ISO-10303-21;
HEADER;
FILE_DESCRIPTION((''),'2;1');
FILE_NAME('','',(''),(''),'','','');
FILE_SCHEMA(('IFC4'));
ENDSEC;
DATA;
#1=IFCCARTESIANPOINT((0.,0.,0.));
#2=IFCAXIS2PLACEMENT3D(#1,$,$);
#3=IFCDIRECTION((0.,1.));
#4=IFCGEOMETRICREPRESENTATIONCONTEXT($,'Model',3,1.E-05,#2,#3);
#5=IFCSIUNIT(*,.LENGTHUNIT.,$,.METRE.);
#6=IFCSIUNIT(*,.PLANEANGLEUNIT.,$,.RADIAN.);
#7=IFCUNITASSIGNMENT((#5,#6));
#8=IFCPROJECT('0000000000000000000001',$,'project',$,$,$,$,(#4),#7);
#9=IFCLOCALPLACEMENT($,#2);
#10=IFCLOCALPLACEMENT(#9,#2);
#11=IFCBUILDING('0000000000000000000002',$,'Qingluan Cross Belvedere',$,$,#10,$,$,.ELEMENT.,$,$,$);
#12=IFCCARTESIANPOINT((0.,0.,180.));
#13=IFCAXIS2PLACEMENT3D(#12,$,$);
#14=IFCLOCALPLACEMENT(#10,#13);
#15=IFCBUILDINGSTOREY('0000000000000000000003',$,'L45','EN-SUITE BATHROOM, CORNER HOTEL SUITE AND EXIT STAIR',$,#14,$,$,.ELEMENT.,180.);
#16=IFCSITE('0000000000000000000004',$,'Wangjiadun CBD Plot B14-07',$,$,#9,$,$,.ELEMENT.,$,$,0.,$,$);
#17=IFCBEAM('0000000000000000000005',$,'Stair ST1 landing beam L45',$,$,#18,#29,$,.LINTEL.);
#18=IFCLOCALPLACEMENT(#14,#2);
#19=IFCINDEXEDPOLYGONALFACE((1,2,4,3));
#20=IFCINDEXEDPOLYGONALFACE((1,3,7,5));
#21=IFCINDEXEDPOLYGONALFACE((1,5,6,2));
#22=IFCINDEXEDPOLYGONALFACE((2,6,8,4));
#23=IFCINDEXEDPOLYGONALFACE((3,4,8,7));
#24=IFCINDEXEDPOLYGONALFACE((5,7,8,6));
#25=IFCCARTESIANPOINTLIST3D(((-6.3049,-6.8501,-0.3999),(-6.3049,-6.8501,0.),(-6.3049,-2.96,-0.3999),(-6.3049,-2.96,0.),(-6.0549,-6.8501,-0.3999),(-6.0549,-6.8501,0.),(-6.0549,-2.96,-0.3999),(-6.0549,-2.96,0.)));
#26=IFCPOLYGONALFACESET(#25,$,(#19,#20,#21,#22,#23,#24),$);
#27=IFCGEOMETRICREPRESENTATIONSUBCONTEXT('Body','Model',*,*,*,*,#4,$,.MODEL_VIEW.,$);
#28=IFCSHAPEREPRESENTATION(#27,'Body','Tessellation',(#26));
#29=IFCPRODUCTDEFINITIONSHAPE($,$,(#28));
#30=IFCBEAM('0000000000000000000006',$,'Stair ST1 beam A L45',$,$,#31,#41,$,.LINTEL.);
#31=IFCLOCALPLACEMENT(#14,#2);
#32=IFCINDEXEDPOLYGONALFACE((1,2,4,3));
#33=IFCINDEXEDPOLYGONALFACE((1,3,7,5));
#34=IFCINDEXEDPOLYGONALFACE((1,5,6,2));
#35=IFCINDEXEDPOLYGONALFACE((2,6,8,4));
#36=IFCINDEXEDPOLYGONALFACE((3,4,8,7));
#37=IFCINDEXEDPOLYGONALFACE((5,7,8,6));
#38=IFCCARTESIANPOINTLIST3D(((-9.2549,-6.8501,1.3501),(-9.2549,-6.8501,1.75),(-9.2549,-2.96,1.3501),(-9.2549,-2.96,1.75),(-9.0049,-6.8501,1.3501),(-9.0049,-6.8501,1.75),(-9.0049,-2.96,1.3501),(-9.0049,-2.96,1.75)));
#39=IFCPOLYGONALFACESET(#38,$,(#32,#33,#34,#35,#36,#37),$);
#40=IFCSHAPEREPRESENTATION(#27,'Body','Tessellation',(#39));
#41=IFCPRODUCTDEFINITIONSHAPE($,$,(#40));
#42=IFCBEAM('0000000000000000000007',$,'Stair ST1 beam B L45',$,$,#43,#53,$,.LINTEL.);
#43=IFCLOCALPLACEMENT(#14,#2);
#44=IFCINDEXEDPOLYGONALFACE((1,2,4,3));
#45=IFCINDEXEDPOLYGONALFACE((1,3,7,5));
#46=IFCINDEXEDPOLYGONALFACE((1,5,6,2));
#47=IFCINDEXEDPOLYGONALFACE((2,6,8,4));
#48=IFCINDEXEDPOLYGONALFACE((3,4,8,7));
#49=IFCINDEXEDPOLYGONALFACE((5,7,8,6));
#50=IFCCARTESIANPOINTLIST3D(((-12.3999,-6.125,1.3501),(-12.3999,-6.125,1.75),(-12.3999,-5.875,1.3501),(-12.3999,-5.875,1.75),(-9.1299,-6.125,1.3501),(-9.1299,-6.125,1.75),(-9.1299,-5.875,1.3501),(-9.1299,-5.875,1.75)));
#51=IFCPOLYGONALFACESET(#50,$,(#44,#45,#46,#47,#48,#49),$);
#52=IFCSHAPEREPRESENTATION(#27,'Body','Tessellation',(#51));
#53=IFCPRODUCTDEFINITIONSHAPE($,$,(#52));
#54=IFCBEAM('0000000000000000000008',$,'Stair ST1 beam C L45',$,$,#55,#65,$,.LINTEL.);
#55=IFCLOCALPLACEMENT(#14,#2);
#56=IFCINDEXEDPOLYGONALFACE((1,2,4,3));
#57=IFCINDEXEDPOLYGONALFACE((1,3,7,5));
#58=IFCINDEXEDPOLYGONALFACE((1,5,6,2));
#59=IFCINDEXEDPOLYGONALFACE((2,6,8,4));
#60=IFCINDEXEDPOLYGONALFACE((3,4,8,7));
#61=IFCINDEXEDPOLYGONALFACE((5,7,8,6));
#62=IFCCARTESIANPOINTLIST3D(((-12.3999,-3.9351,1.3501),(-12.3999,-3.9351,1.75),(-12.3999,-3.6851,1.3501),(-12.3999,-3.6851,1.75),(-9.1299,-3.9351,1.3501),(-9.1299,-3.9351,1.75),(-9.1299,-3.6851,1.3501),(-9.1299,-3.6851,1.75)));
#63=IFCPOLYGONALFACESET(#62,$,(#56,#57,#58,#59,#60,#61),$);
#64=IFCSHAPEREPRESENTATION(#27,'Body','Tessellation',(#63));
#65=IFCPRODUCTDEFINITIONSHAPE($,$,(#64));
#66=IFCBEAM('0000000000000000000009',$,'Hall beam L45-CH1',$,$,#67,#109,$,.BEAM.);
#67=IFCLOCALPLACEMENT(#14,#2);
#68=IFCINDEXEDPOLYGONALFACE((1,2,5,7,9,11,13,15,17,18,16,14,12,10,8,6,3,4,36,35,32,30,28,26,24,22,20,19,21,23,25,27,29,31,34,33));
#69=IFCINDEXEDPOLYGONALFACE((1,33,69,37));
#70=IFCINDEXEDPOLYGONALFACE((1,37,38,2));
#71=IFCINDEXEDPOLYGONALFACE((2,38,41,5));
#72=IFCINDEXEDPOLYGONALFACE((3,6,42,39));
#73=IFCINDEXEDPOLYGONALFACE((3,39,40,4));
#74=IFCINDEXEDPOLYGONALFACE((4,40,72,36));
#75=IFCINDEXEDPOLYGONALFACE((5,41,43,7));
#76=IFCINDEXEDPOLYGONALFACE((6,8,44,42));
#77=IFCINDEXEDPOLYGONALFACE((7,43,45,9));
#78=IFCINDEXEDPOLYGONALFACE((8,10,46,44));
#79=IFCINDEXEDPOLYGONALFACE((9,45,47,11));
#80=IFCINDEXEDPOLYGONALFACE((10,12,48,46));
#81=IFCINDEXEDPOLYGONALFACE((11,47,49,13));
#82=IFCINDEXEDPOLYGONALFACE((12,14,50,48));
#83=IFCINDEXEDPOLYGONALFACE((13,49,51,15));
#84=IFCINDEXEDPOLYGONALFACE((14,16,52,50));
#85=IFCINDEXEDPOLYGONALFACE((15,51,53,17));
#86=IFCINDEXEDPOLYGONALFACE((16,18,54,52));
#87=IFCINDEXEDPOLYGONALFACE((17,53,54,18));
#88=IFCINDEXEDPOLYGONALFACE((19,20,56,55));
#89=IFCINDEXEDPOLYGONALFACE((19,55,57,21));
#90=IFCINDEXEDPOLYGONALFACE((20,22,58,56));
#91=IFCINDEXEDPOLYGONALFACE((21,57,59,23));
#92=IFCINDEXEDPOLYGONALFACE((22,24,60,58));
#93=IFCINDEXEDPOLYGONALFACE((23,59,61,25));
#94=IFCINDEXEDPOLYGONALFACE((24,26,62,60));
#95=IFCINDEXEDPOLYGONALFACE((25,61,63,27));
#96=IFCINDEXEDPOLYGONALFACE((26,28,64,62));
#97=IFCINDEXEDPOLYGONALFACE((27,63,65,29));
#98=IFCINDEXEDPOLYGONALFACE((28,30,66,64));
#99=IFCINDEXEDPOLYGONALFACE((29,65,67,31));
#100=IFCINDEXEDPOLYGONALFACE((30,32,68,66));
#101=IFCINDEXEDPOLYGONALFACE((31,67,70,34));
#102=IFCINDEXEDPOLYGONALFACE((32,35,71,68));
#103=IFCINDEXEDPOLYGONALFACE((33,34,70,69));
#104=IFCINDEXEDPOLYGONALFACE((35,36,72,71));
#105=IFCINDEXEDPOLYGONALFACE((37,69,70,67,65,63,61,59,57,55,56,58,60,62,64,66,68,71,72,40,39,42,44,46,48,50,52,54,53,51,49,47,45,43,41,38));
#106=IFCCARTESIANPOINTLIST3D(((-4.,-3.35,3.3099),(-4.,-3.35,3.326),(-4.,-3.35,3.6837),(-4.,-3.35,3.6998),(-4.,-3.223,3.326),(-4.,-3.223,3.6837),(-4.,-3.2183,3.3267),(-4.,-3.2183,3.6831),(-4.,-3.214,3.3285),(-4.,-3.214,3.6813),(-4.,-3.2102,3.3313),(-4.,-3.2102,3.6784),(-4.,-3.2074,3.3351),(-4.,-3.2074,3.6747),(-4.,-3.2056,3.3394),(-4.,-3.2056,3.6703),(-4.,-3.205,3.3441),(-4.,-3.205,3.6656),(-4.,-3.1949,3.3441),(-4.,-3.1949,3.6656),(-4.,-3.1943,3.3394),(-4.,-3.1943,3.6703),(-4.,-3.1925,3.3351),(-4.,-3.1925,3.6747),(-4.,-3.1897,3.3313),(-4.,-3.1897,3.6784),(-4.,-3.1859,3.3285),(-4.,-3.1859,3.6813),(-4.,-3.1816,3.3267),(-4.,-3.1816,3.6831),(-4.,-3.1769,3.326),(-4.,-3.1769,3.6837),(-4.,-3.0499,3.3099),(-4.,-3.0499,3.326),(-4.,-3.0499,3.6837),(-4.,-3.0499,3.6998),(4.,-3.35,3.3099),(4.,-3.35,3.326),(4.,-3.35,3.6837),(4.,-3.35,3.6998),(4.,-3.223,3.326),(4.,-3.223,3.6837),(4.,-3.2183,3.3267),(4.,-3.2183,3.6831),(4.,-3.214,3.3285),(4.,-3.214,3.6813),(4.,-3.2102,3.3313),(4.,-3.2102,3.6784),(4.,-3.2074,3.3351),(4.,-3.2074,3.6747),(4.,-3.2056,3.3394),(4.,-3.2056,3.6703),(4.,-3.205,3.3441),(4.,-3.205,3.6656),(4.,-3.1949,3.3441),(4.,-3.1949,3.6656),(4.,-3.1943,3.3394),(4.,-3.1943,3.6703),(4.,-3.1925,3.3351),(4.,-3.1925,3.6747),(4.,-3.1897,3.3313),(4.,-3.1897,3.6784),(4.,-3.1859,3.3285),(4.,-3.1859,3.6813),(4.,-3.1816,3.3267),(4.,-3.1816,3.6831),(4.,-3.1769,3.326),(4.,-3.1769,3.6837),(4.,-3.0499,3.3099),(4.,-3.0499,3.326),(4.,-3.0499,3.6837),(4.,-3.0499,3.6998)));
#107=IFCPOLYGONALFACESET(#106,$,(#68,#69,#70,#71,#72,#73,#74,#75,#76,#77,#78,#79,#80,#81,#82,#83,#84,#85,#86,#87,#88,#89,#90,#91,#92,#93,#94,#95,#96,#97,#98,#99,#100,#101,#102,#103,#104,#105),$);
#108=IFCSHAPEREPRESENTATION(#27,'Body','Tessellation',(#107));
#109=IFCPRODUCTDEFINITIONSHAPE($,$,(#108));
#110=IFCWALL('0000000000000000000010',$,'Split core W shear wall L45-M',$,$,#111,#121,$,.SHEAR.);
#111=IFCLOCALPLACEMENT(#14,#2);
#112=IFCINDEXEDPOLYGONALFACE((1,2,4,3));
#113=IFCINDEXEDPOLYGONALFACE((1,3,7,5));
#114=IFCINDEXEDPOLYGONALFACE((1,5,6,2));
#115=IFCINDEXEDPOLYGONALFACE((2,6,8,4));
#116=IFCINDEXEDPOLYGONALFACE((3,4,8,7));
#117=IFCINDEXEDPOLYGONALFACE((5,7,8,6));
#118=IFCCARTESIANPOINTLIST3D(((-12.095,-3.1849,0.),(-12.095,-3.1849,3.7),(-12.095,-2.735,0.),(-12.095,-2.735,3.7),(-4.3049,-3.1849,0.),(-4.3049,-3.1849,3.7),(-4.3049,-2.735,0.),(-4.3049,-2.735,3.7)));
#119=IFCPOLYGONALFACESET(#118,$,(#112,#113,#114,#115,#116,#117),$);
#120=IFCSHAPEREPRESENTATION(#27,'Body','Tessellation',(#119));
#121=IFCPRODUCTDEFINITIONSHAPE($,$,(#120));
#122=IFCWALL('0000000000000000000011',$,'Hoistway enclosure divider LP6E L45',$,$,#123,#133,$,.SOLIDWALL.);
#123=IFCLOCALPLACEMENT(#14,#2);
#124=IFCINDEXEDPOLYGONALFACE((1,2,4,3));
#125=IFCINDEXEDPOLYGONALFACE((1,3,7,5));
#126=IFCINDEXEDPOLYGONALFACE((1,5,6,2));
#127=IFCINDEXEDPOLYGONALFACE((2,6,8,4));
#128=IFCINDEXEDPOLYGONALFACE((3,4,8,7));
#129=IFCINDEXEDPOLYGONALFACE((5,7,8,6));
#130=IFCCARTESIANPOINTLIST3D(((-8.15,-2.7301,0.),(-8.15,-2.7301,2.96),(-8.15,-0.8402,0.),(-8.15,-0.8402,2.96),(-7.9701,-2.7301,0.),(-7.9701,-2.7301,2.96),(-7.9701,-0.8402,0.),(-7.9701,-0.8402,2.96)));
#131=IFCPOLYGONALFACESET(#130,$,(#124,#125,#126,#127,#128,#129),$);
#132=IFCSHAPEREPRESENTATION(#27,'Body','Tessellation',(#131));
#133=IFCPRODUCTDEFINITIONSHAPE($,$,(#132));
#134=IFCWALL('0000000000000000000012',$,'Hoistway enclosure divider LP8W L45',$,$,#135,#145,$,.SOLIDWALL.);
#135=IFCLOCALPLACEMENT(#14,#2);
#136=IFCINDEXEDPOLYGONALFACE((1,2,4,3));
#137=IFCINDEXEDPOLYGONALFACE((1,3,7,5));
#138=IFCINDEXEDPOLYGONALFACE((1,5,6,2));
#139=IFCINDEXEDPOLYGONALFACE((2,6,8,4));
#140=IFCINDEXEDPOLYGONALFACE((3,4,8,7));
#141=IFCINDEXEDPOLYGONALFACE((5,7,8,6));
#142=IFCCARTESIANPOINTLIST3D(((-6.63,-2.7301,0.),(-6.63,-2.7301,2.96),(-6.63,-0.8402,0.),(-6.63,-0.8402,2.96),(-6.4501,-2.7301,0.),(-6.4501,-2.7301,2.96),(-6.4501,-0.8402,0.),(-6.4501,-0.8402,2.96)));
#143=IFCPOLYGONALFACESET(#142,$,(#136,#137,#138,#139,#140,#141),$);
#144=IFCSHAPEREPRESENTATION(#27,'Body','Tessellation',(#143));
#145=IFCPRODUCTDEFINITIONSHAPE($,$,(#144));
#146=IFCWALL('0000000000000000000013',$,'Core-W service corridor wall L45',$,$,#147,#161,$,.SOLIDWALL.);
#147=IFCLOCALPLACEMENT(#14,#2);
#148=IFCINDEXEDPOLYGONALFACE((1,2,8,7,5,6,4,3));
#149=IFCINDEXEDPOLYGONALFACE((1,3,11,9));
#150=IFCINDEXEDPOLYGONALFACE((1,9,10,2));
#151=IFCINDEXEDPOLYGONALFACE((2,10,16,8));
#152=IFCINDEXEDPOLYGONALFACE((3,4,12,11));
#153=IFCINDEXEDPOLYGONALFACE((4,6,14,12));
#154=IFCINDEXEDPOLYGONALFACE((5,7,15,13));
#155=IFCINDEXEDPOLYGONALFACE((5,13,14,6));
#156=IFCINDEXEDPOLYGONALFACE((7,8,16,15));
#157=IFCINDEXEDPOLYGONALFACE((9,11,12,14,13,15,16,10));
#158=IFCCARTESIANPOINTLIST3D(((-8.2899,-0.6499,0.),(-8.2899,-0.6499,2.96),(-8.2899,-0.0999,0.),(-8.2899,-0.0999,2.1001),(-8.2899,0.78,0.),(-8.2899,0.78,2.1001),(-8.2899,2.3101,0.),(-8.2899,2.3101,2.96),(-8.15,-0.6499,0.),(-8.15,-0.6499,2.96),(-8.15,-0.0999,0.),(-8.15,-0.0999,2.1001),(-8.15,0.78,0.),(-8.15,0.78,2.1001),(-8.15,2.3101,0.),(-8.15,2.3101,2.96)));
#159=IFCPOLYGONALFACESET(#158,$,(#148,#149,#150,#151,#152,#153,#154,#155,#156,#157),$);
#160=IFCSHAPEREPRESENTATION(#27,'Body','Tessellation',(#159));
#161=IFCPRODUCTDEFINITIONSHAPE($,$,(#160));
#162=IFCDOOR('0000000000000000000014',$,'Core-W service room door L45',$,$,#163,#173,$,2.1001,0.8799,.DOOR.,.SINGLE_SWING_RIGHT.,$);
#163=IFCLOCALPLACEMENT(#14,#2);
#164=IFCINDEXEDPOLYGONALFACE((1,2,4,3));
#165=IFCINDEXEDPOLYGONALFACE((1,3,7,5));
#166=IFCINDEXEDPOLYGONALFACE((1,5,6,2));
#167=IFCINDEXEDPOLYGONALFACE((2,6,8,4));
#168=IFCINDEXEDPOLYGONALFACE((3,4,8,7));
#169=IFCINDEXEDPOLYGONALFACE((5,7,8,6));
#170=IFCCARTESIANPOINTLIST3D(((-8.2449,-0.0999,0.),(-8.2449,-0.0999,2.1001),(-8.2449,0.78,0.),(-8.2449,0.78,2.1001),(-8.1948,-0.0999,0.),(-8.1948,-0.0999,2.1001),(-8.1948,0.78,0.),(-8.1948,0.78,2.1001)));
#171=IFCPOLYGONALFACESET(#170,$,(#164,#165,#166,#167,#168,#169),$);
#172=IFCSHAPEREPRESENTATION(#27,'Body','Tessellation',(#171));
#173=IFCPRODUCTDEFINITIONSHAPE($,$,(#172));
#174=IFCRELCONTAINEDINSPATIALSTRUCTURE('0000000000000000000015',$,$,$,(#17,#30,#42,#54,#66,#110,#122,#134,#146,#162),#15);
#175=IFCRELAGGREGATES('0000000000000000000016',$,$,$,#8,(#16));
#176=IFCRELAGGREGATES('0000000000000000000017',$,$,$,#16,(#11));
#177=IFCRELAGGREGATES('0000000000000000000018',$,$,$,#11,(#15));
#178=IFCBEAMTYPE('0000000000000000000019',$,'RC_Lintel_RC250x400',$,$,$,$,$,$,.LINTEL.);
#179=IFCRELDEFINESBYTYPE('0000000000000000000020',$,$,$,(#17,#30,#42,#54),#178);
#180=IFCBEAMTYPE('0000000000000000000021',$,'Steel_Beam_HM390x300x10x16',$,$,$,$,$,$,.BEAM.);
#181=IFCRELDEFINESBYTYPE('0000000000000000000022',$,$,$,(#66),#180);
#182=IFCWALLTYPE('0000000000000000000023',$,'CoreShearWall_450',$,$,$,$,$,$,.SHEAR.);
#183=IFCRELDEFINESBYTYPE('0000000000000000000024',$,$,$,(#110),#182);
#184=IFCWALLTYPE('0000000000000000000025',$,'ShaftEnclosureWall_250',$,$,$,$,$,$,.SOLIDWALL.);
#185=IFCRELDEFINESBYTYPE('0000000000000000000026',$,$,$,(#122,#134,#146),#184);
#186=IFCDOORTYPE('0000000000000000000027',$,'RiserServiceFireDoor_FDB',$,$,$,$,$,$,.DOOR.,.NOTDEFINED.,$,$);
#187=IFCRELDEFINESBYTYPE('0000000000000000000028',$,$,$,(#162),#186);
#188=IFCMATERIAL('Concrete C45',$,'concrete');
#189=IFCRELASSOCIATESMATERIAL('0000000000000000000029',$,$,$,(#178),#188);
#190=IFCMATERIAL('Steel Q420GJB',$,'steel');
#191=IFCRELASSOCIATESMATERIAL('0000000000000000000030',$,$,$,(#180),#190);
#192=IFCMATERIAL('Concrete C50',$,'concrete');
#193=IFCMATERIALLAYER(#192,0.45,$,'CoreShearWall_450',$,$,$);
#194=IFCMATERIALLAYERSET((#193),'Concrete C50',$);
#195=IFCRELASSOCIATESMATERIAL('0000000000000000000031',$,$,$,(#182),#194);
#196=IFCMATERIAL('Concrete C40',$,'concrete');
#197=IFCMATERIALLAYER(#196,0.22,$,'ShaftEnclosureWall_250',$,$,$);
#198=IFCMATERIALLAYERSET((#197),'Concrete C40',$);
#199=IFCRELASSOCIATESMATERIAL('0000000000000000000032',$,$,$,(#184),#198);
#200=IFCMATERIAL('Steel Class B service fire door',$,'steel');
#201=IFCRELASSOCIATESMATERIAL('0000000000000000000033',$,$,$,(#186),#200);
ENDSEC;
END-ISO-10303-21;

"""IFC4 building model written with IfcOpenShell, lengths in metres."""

from ifc_helpers import new_model, si_unit, direction, frame, frame_2d, origin, origin_2d, place, context, subcontext, project, spatial, rectangle, i_section, extrude, material, layer, layer_set, material_profile, profile_set, type_object, element, fill, save


model = new_model("IFC4")

# Units and contexts
model_context = context("Model", 3, precision=1e-05, world=origin(), true_north=direction((0.0, 1.0)))
body_context = subcontext(model_context, "Body", "Model", "MODEL_VIEW")
ifc_project = project(units=[si_unit("LENGTHUNIT", "METRE"), si_unit("PLANEANGLEUNIT", "RADIAN")], contexts=[model_context])

# Site, building, storey
site_placement = place(None, origin())
site = spatial("IfcSite", under=ifc_project, at=site_placement, Name="Wangjiadun CBD Plot B14-07", CompositionType="ELEMENT", RefElevation=0.0)
building_placement = place(site_placement, origin())
building = spatial("IfcBuilding", under=site, at=building_placement, Name="Qingluan Cross Belvedere", CompositionType="ELEMENT")
storey_placement = place(building_placement, frame((0.0, 0.0, 180.0)))
storey = spatial("IfcBuildingStorey", under=building, at=storey_placement, Name="L45", Description="EN-SUITE BATHROOM, CORNER HOTEL SUITE AND EXIT STAIR", CompositionType="ELEMENT", Elevation=180.0)

# Beams
ifc_material_1 = material(Name="Concrete C45", Category="concrete")
ifc_material_profile_1 = material_profile(ifc_material_1, rectangle(XDim=0.25, YDim=0.3999, at=origin_2d()), Name="RC250x400")
ifc_profile_set_1 = profile_set([ifc_material_profile_1], Name="Concrete C45")
beam_type_1 = type_object("IfcBeamType", Name="RC_Lintel_RC250x400", PredefinedType="LINTEL", material=ifc_profile_set_1)
for number, where, z_axis, x_axis, name in (
    (1, (-6.1799, -6.8501, -0.2), (0.0, 1.0, 0.0), (-1.0, 0.0, 0.0), "Stair ST1 landing beam L45"),
    (2, (-9.1299, -6.8501, 1.55), (0.0, 1.0, 0.0), (-1.0, 0.0, 0.0), "Stair ST1 beam A L45"),
):
    element("IfcBeam", number, at=place(storey_placement, frame(where, z_axis=z_axis, x_axis=x_axis)), inside=storey, type_object=beam_type_1, Name=name, PredefinedType="LINTEL", context=body_context, shape_type="SweptSolid", body=[
        extrude(rectangle(XDim=0.25, YDim=0.3999, at=origin_2d()), origin(), (0.0, 0.0, 1.0), 3.8901),
    ])
for number, where, z_axis, x_axis, name in (
    (3, (-12.3999, -6.0, 1.55), (1.0, 0.0, 0.0), (0.0, 1.0, 0.0), "Stair ST1 beam B L45"),
    (4, (-12.3999, -3.8101, 1.55), (1.0, 0.0, 0.0), (0.0, 1.0, 0.0), "Stair ST1 beam C L45"),
):
    element("IfcBeam", number, at=place(storey_placement, frame(where, z_axis=z_axis, x_axis=x_axis)), inside=storey, type_object=beam_type_1, Name=name, PredefinedType="LINTEL", context=body_context, shape_type="SweptSolid", body=[
        extrude(rectangle(XDim=0.25, YDim=0.3999, at=origin_2d()), origin(), (0.0, 0.0, 1.0), 3.27),
    ])
ifc_material_2 = material(Name="Steel Q420GJB", Category="steel")
ifc_material_profile_2 = material_profile(ifc_material_2, i_section(OverallWidth=0.3, OverallDepth=0.3899, WebThickness=0.01, FlangeThickness=0.0161, FilletRadius=0.0181, at=origin_2d()), Name="HM390x300x10x16")
ifc_profile_set_2 = profile_set([ifc_material_profile_2], Name="Steel Q420GJB")
beam_type_2 = type_object("IfcBeamType", Name="Steel_Beam_HM390x300x10x16", PredefinedType="BEAM", material=ifc_profile_set_2)
beam_placement = place(storey_placement, frame((-4.0, -3.2, 3.5049), z_axis=(1.0, 0.0, 0.0), x_axis=(0.0, 1.0, 0.0)))
element("IfcBeam", 5, at=beam_placement, inside=storey, type_object=beam_type_2, Name="Hall beam L45-CH1", PredefinedType="BEAM", context=body_context, shape_type="SweptSolid", body=[
    extrude(i_section(OverallWidth=0.3, OverallDepth=0.3899, WebThickness=0.01, FlangeThickness=0.0161, FilletRadius=0.0181, at=origin_2d()), origin(), (0.0, 0.0, 1.0), 8.0),
])

# Wall
ifc_material_3 = material(Name="Concrete C50", Category="concrete")
ifc_layer_1 = layer(ifc_material_3, 0.45, Name="CoreShearWall_450")
ifc_layer_set_1 = layer_set([ifc_layer_1], Name="Concrete C50")
wall_type_1 = type_object("IfcWallType", Name="CoreShearWall_450", PredefinedType="SHEAR", material=ifc_layer_set_1)
wall_1_placement = place(storey_placement, frame((-12.095, -2.96, 0.0), z_axis=(0.0, 0.0, 1.0), x_axis=(1.0, 0.0, 0.0)))
element("IfcWall", 6, at=wall_1_placement, inside=storey, type_object=wall_type_1, Name="Split core W shear wall L45-M", PredefinedType="SHEAR", context=body_context, shape_type="SweptSolid", body=[
    extrude(rectangle(XDim=7.79, YDim=0.45, at=frame_2d((3.895, 0.0))), origin(), (0.0, 0.0, 1.0), 3.7),
])

# Shared definitions
ifc_material_4 = material(Name="Concrete C40", Category="concrete")
ifc_layer_2 = layer(ifc_material_4, 0.22, Name="ShaftEnclosureWall_250")
ifc_layer_set_2 = layer_set([ifc_layer_2], Name="Concrete C40")
wall_type_2 = type_object("IfcWallType", Name="ShaftEnclosureWall_250", PredefinedType="SOLIDWALL", material=ifc_layer_set_2)

# Walls
for number, where, z_axis, x_axis, name in (
    (7, (-8.0601, -2.73, 0.0), (0.0, 0.0, 1.0), (0.0, 1.0, 0.0), "Hoistway enclosure divider LP6E L45"),
    (8, (-6.54, -2.73, 0.0), (0.0, 0.0, 1.0), (0.0, 1.0, 0.0), "Hoistway enclosure divider LP8W L45"),
):
    element("IfcWall", number, at=place(storey_placement, frame(where, z_axis=z_axis, x_axis=x_axis)), inside=storey, type_object=wall_type_2, Name=name, PredefinedType="SOLIDWALL", context=body_context, shape_type="SweptSolid", body=[
        extrude(rectangle(XDim=1.8899, YDim=0.1799, at=frame_2d((0.9448, 0.0))), origin(), (0.0, 0.0, 1.0), 2.96),
    ])

# Wall, opening, door
wall_2_placement = place(storey_placement, frame((-8.22, -0.6499, 0.0), z_axis=(0.0, 0.0, 1.0), x_axis=(0.0, 1.0, 0.0)))
wall_2 = element("IfcWall", 9, at=wall_2_placement, inside=storey, type_object=wall_type_2, Name="Core-W service corridor wall L45", PredefinedType="SOLIDWALL", context=body_context, shape_type="SweptSolid", body=[
    extrude(rectangle(XDim=2.96, YDim=0.1399, at=frame_2d((1.48, 0.0))), origin(), (0.0, 0.0, 1.0), 2.96),
])
opening_1_placement = place(wall_2_placement, frame((0.55, 0.0, 0.0)))
opening_1 = element("IfcOpeningElement", 10, at=opening_1_placement, cuts=wall_2, PredefinedType="OPENING", context=body_context, shape_type="SweptSolid", body=[
    extrude(rectangle(XDim=0.8799, YDim=2.1001, at=frame_2d((0.4399, 1.05))), frame((0.0, 0.0798, 0.0), z_axis=(0.0, -1.0, 0.0), x_axis=(1.0, 0.0, 0.0)), (0.0, 0.0, 1.0), 0.1599),
])
ifc_material_5 = material(Name="Steel Class B service fire door", Category="steel")
door_type_1 = type_object("IfcDoorType", Name="RiserServiceFireDoor_FDB", OperationType="NOTDEFINED", PredefinedType="DOOR", material=ifc_material_5)
door_1_placement = place(opening_1_placement, origin())
door_1 = element("IfcDoor", 11, at=door_1_placement, inside=storey, type_object=door_type_1, Name="Core-W service room door L45", OperationType="SINGLE_SWING_RIGHT", OverallHeight=2.1001, OverallWidth=0.8799, PredefinedType="DOOR", context=body_context, shape_type="SweptSolid", body=[
    extrude(rectangle(XDim=0.8799, YDim=2.1001, at=frame_2d((0.4399, 1.05))), frame((0.0, 0.0249, 0.0), z_axis=(0.0, -1.0, 0.0), x_axis=(1.0, 0.0, 0.0)), (0.0, 0.0, 1.0), 0.05),
])
fill(opening_1, door_1)

save(model, "model.ifc")
